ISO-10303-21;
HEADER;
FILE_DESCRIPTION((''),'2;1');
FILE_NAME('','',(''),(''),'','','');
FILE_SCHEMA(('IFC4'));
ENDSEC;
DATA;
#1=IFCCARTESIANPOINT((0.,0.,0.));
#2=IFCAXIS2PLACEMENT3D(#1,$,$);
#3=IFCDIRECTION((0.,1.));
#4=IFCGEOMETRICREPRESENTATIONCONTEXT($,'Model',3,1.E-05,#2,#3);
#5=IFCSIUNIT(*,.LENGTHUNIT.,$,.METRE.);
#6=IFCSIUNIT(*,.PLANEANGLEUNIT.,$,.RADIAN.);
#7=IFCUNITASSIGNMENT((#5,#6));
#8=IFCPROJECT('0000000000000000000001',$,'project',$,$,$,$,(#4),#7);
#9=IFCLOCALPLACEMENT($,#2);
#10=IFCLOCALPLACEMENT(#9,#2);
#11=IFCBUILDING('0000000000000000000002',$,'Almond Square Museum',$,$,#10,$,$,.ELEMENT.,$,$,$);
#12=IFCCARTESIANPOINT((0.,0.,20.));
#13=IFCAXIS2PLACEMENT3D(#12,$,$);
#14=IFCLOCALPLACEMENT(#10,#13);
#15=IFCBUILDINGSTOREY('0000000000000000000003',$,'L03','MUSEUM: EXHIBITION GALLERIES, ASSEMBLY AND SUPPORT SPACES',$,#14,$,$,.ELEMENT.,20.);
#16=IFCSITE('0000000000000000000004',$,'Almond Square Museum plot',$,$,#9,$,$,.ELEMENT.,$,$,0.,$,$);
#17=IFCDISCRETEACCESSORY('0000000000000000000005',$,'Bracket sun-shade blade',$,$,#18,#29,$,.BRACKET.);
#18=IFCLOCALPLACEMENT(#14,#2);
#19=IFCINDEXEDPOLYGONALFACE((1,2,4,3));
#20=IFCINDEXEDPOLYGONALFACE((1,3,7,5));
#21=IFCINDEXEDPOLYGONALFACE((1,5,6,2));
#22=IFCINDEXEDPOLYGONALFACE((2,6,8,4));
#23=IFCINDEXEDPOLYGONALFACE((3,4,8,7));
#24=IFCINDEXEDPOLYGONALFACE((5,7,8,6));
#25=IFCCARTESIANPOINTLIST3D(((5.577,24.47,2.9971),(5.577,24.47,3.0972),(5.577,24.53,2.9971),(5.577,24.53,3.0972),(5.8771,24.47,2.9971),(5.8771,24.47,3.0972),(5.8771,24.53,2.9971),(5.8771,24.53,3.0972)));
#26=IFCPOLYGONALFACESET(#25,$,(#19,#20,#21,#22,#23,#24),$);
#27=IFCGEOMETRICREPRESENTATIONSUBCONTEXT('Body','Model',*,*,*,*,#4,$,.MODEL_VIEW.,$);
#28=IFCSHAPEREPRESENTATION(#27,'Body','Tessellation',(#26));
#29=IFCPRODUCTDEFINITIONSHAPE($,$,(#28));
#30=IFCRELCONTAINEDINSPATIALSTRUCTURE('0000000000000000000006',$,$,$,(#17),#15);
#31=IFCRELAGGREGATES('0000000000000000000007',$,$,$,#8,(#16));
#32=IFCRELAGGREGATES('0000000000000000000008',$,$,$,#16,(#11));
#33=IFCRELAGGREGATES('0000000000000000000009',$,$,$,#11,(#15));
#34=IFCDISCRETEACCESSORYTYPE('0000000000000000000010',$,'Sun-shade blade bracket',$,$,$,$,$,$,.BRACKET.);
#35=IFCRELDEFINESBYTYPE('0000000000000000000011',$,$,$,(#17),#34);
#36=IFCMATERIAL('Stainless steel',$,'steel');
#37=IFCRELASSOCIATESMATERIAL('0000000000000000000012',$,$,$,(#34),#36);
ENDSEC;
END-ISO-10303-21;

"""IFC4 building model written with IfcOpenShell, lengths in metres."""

from ifc_helpers import new_model, si_unit, direction, frame, origin, origin_2d, place, context, subcontext, project, spatial, rectangle, extrude, material, type_object, element, save


model = new_model("IFC4")

# Units and contexts
model_context = context("Model", 3, precision=1e-05, world=origin(), true_north=direction((0.0, 1.0)))
body_context = subcontext(model_context, "Body", "Model", "MODEL_VIEW")
ifc_project = project(units=[si_unit("LENGTHUNIT", "METRE"), si_unit("PLANEANGLEUNIT", "RADIAN")], contexts=[model_context])

# Site, building, storey
site_placement = place(None, origin())
site = spatial("IfcSite", under=ifc_project, at=site_placement, Name="Almond Square Museum plot", CompositionType="ELEMENT", RefElevation=0.0)
building_placement = place(site_placement, origin())
building = spatial("IfcBuilding", under=site, at=building_placement, Name="Almond Square Museum", CompositionType="ELEMENT")
storey_placement = place(building_placement, frame((0.0, 0.0, 20.0)))
storey = spatial("IfcBuildingStorey", under=building, at=storey_placement, Name="L03", Description="MUSEUM: EXHIBITION GALLERIES, ASSEMBLY AND SUPPORT SPACES", CompositionType="ELEMENT", Elevation=20.0)

# Discrete accessory
ifc_material_1 = material(Name="Stainless steel", Category="steel")
discrete_accessory_type_1 = type_object("IfcDiscreteAccessoryType", Name="Sun-shade blade bracket", PredefinedType="BRACKET", material=ifc_material_1)
for number, where, z_axis, x_axis, name in (
    (1, (5.7271, 24.5, 2.9971), (0.0, 0.0, 1.0), (1.0, 0.0, 0.0), "Bracket sun-shade blade"),
):
    element("IfcDiscreteAccessory", number, at=place(storey_placement, frame(where, z_axis=z_axis, x_axis=x_axis)), inside=storey, type_object=discrete_accessory_type_1, Name=name, PredefinedType="BRACKET", context=body_context, shape_type="SweptSolid", body=[
        extrude(rectangle(XDim=0.3, YDim=0.0601, at=origin_2d()), origin(), (0.0, 0.0, 1.0), 0.1001),
    ])

save(model, "model.ifc")
